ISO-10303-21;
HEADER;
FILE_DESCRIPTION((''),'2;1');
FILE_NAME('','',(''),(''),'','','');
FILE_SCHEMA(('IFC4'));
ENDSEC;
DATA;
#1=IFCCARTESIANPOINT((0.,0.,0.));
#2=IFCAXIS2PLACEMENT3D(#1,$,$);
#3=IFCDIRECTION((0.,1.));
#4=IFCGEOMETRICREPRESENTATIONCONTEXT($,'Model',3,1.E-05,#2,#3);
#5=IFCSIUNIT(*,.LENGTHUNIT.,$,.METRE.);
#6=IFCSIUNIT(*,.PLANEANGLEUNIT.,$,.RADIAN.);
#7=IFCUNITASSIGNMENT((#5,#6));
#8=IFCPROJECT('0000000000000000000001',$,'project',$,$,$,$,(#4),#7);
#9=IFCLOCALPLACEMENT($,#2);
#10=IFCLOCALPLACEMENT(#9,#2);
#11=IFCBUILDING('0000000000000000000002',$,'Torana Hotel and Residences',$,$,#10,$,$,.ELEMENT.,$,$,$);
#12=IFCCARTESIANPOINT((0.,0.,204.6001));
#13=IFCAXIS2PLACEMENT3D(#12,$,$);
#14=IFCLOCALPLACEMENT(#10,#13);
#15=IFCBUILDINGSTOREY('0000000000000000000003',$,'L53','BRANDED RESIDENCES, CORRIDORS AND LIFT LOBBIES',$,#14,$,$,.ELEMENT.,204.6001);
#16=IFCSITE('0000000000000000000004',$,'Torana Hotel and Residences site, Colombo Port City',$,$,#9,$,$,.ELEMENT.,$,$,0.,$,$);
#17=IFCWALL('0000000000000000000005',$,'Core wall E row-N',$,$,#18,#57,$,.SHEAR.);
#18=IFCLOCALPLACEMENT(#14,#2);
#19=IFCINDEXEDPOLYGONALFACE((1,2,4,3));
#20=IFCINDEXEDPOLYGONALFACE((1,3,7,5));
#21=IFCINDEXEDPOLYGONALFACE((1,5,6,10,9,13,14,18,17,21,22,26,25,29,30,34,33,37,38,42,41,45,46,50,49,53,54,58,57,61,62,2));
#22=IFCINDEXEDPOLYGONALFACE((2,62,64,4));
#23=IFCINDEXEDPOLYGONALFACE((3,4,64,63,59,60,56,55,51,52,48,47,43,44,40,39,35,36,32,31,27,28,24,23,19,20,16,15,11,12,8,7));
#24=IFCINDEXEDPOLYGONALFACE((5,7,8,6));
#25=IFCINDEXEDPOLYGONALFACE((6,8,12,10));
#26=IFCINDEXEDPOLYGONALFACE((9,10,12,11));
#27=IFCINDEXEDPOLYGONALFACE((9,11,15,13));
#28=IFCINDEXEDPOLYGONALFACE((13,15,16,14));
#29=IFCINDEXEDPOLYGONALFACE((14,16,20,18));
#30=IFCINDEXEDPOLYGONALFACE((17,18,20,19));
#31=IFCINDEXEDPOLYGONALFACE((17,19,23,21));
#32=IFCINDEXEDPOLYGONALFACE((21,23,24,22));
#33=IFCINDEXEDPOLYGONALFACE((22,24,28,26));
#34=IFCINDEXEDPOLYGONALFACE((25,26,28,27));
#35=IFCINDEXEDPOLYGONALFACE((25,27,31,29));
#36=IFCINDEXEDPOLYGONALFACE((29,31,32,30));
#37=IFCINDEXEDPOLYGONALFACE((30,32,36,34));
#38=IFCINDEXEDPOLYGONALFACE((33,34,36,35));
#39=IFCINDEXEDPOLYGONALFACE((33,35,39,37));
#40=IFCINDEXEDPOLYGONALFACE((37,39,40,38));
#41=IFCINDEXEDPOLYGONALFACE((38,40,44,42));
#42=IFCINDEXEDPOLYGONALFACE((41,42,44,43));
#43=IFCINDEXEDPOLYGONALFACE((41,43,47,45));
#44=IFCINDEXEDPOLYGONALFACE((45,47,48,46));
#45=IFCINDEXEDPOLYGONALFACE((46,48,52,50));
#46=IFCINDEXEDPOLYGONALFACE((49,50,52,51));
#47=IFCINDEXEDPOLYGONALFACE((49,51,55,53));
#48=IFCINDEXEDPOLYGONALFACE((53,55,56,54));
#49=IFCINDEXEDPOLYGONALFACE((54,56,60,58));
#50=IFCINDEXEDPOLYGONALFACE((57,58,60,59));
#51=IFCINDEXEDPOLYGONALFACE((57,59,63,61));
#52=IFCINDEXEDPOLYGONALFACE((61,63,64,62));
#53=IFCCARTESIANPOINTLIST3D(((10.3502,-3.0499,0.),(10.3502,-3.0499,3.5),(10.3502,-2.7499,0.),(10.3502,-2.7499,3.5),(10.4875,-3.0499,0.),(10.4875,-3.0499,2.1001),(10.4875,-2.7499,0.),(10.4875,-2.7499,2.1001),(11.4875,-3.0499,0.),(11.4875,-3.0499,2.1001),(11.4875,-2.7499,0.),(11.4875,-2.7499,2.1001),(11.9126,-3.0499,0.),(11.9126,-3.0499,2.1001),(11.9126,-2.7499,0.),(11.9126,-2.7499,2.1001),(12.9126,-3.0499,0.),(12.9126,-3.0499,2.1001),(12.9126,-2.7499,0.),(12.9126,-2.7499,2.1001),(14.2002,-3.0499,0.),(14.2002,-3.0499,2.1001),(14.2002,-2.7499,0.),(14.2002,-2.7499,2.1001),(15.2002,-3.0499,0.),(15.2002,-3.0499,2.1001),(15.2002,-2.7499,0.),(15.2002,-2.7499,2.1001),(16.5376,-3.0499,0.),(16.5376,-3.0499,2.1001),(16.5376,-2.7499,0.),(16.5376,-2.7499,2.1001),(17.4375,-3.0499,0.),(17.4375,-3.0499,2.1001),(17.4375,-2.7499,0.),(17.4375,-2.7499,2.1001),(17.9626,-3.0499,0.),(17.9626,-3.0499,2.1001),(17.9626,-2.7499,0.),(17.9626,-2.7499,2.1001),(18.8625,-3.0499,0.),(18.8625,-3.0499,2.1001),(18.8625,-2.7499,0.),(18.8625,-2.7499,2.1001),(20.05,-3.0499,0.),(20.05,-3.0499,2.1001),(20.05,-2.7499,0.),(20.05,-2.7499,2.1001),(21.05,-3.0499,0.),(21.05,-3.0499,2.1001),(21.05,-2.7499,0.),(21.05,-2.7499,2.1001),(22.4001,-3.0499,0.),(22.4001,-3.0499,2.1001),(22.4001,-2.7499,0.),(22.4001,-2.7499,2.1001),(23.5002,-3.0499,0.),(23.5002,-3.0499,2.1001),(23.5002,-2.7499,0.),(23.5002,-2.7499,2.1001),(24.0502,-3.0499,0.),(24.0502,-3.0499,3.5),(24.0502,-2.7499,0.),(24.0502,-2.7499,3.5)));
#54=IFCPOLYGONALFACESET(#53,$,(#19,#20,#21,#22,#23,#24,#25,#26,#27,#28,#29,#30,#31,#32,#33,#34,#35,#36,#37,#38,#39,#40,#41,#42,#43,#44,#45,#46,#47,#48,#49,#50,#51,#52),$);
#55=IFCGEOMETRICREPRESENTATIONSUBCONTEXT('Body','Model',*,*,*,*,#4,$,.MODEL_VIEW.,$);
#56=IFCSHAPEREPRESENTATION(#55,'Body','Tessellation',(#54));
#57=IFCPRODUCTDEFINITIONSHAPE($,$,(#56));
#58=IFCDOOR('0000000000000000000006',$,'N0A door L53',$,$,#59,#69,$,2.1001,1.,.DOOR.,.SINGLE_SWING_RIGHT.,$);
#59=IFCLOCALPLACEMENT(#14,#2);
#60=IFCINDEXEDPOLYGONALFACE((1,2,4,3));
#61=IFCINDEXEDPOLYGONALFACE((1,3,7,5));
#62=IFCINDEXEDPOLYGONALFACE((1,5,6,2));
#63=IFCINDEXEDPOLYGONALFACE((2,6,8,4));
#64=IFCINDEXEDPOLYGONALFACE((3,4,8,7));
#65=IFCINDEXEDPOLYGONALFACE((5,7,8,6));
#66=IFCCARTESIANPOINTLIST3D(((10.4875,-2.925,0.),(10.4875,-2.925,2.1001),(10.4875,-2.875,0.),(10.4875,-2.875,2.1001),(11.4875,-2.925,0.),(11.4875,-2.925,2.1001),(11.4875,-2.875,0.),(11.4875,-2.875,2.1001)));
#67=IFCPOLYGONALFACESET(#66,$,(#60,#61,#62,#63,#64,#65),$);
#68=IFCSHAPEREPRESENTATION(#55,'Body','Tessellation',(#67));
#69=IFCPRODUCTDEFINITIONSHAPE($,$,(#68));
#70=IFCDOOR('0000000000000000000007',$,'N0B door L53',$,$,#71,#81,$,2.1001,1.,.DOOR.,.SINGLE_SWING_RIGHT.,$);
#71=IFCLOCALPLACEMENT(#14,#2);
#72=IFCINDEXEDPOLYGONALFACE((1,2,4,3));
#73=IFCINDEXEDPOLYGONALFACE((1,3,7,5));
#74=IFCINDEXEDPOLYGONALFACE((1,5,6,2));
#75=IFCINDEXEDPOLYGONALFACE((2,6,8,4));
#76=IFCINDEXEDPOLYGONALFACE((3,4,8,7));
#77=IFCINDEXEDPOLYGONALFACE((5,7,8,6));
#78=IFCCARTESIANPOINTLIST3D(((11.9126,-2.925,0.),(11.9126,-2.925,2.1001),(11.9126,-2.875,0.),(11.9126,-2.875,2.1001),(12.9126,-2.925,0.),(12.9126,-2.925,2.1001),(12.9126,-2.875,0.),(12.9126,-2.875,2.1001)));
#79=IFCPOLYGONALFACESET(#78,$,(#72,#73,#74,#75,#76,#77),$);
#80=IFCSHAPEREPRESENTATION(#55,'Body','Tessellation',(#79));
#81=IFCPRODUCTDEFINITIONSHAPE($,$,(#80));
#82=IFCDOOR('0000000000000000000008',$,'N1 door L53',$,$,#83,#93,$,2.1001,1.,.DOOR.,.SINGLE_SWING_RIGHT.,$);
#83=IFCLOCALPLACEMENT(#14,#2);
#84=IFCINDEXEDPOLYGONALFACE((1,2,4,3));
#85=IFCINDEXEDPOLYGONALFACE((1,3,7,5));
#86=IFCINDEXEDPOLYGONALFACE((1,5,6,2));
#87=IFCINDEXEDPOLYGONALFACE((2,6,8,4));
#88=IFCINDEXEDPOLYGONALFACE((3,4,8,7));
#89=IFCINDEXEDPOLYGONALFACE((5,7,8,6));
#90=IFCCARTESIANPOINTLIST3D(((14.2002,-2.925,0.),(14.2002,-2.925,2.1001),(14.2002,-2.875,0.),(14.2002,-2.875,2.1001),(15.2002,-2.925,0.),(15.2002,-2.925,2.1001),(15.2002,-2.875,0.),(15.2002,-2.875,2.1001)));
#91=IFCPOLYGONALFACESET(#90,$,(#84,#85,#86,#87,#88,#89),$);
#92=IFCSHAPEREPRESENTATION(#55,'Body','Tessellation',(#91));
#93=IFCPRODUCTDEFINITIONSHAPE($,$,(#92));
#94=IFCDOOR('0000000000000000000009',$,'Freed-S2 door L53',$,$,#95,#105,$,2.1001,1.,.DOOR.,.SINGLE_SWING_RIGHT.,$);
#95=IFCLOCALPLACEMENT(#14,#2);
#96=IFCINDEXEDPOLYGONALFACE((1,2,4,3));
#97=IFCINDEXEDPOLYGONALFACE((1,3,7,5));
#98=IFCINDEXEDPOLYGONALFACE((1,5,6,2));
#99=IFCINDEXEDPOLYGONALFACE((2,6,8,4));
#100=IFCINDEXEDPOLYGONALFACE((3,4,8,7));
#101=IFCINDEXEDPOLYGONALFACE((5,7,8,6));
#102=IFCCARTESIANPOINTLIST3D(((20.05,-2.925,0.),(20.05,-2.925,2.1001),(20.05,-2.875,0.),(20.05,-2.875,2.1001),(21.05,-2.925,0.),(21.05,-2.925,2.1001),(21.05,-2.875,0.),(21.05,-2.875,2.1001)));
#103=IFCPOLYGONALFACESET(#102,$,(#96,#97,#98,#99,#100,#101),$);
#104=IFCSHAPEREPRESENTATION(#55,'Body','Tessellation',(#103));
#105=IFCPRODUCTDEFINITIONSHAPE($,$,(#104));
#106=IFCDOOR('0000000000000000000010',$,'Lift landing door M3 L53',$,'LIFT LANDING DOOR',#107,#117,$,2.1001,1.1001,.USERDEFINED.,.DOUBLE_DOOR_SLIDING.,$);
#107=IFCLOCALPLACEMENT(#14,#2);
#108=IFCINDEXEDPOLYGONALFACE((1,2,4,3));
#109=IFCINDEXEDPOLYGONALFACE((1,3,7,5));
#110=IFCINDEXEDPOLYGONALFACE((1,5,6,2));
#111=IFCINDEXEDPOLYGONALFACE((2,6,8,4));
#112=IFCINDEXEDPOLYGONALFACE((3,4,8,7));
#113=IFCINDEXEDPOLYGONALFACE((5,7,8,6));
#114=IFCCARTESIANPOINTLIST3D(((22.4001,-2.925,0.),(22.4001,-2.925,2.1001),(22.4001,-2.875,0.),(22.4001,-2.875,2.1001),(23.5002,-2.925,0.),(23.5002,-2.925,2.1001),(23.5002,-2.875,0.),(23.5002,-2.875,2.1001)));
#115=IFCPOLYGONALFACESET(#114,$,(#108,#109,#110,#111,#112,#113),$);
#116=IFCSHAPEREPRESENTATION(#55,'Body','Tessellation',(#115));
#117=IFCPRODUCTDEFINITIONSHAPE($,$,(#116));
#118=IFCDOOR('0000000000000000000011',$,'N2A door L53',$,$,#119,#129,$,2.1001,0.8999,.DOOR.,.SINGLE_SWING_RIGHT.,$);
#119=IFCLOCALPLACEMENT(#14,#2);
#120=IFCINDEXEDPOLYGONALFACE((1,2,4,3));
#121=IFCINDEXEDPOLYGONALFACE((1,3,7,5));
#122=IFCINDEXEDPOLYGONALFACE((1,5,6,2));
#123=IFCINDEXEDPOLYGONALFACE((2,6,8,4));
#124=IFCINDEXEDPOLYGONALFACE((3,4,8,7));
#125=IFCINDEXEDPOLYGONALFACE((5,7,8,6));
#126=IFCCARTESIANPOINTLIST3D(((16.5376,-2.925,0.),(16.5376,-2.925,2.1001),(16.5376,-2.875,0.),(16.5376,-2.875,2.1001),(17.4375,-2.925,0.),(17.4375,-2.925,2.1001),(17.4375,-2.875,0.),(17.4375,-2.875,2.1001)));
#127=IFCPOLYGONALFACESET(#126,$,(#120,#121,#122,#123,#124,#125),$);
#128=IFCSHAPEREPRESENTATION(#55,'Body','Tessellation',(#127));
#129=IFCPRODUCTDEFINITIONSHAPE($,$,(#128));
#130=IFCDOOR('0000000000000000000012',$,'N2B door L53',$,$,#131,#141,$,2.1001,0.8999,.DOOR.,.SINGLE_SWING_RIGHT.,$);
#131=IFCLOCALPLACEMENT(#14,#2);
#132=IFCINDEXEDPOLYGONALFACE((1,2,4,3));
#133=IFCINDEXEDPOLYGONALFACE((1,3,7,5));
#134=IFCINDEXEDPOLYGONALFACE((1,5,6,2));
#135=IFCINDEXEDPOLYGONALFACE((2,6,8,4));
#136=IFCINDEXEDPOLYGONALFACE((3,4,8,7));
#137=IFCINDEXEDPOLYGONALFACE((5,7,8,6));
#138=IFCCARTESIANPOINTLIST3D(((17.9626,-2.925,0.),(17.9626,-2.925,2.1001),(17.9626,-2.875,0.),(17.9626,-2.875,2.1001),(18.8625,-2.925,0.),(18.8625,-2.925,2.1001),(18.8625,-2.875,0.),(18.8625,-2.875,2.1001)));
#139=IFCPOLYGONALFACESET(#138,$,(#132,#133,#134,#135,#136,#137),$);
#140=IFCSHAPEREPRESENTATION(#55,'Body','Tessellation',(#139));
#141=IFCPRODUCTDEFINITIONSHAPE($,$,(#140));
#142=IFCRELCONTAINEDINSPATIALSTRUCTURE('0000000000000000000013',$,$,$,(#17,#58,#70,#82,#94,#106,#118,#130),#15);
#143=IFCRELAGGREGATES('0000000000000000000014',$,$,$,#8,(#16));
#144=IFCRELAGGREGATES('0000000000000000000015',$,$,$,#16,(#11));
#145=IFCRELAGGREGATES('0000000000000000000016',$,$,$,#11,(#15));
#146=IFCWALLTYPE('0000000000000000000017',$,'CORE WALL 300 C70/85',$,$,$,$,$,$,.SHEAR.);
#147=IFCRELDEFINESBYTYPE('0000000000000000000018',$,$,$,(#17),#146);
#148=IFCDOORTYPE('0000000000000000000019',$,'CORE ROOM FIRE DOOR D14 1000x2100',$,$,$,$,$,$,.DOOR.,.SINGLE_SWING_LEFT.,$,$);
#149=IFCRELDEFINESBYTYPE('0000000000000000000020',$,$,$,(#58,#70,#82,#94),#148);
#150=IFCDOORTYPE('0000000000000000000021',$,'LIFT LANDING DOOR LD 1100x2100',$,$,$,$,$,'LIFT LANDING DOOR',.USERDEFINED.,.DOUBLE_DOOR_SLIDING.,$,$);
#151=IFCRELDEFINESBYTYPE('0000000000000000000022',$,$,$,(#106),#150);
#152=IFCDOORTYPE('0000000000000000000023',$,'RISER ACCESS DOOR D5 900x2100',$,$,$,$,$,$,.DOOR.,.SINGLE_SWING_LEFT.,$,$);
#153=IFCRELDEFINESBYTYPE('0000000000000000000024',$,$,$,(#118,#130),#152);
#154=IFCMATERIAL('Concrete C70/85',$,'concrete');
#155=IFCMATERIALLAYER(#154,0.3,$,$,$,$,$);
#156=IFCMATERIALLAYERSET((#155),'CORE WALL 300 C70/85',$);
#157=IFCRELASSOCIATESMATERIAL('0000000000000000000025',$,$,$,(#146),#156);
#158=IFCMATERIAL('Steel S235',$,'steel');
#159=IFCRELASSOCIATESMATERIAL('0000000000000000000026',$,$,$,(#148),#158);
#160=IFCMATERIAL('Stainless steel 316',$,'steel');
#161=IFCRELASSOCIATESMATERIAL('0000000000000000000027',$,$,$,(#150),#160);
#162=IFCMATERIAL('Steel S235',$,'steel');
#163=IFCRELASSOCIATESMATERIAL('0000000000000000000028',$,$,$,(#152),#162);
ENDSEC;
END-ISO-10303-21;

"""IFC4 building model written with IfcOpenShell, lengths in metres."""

from ifc_helpers import new_model, si_unit, direction, frame, frame_2d, origin, place, context, subcontext, project, spatial, rectangle, extrude, material, layer, layer_set, type_object, element, fill, save


model = new_model("IFC4")

# Units and contexts
model_context = context("Model", 3, precision=1e-05, world=origin(), true_north=direction((0.0, 1.0)))
body_context = subcontext(model_context, "Body", "Model", "MODEL_VIEW")
ifc_project = project(units=[si_unit("LENGTHUNIT", "METRE"), si_unit("PLANEANGLEUNIT", "RADIAN")], contexts=[model_context])

# Site, building, storey
site_placement = place(None, origin())
site = spatial("IfcSite", under=ifc_project, at=site_placement, Name="Torana Hotel and Residences site, Colombo Port City", CompositionType="ELEMENT", RefElevation=0.0)
building_placement = place(site_placement, origin())
building = spatial("IfcBuilding", under=site, at=building_placement, Name="Torana Hotel and Residences", CompositionType="ELEMENT")
storey_placement = place(building_placement, frame((0.0, 0.0, 204.6001)))
storey = spatial("IfcBuildingStorey", under=building, at=storey_placement, Name="L53", Description="BRANDED RESIDENCES, CORRIDORS AND LIFT LOBBIES", CompositionType="ELEMENT", Elevation=204.6001)

# Wall, openings, doors
ifc_material_1 = material(Name="Concrete C70/85", Category="concrete")
ifc_layer_1 = layer(ifc_material_1, 0.3)
ifc_layer_set_1 = layer_set([ifc_layer_1], Name="CORE WALL 300 C70/85")
wall_type_1 = type_object("IfcWallType", Name="CORE WALL 300 C70/85", PredefinedType="SHEAR", material=ifc_layer_set_1)
wall_1_placement = place(storey_placement, frame((10.3501, -2.8999, 0.0), z_axis=(0.0, 0.0, 1.0), x_axis=(1.0, 0.0, 0.0)))
wall_1 = element("IfcWall", 1, at=wall_1_placement, inside=storey, type_object=wall_type_1, Name="Core wall E row-N", PredefinedType="SHEAR", context=body_context, shape_type="SweptSolid", body=[
    extrude(rectangle(XDim=13.7, YDim=0.3, at=frame_2d((6.8501, 0.0))), origin(), (0.0, 0.0, 1.0), 3.5),
])
opening_1_placement = place(wall_1_placement, frame((12.05, 0.0, 0.0)))
opening_1 = element("IfcOpeningElement", 2, at=opening_1_placement, cuts=wall_1, PredefinedType="OPENING", context=body_context, shape_type="SweptSolid", body=[
    extrude(rectangle(XDim=1.1001, YDim=2.1001, at=frame_2d((0.55, 1.05))), frame((0.0, 0.1599, 0.0), z_axis=(0.0, -1.0, 0.0), x_axis=(1.0, 0.0, 0.0)), (0.0, 0.0, 1.0), 0.3201),
])
opening_2_placement = place(wall_1_placement, frame((6.1875, 0.0, 0.0)))
opening_2 = element("IfcOpeningElement", 3, at=opening_2_placement, cuts=wall_1, PredefinedType="OPENING", context=body_context, shape_type="SweptSolid", body=[
    extrude(rectangle(XDim=0.8999, YDim=2.1001, at=frame_2d((0.45, 1.05))), frame((0.0, 0.1599, 0.0), z_axis=(0.0, -1.0, 0.0), x_axis=(1.0, 0.0, 0.0)), (0.0, 0.0, 1.0), 0.3201),
])
opening_3_placement = place(wall_1_placement, frame((7.6125, 0.0, 0.0)))
opening_3 = element("IfcOpeningElement", 4, at=opening_3_placement, cuts=wall_1, PredefinedType="OPENING", context=body_context, shape_type="SweptSolid", body=[
    extrude(rectangle(XDim=0.8999, YDim=2.1001, at=frame_2d((0.45, 1.05))), frame((0.0, 0.1599, 0.0), z_axis=(0.0, -1.0, 0.0), x_axis=(1.0, 0.0, 0.0)), (0.0, 0.0, 1.0), 0.3201),
])
opening_4_placement = place(wall_1_placement, frame((0.1375, 0.0, 0.0)))
opening_4 = element("IfcOpeningElement", 5, at=opening_4_placement, cuts=wall_1, PredefinedType="OPENING", context=body_context, shape_type="SweptSolid", body=[
    extrude(rectangle(XDim=1.0, YDim=2.1001, at=frame_2d((0.5, 1.05))), frame((0.0, 0.1599, 0.0), z_axis=(0.0, -1.0, 0.0), x_axis=(1.0, 0.0, 0.0)), (0.0, 0.0, 1.0), 0.3201),
])
opening_5_placement = place(wall_1_placement, frame((1.5625, 0.0, 0.0)))
opening_5 = element("IfcOpeningElement", 6, at=opening_5_placement, cuts=wall_1, PredefinedType="OPENING", context=body_context, shape_type="SweptSolid", body=[
    extrude(rectangle(XDim=1.0, YDim=2.1001, at=frame_2d((0.5, 1.05))), frame((0.0, 0.1599, 0.0), z_axis=(0.0, -1.0, 0.0), x_axis=(1.0, 0.0, 0.0)), (0.0, 0.0, 1.0), 0.3201),
])
opening_6_placement = place(wall_1_placement, frame((3.8501, 0.0, 0.0)))
opening_6 = element("IfcOpeningElement", 7, at=opening_6_placement, cuts=wall_1, PredefinedType="OPENING", context=body_context, shape_type="SweptSolid", body=[
    extrude(rectangle(XDim=1.0, YDim=2.1001, at=frame_2d((0.5, 1.05))), frame((0.0, 0.1599, 0.0), z_axis=(0.0, -1.0, 0.0), x_axis=(1.0, 0.0, 0.0)), (0.0, 0.0, 1.0), 0.3201),
])
opening_7_placement = place(wall_1_placement, frame((9.7, 0.0, 0.0)))
opening_7 = element("IfcOpeningElement", 8, at=opening_7_placement, cuts=wall_1, PredefinedType="OPENING", context=body_context, shape_type="SweptSolid", body=[
    extrude(rectangle(XDim=1.0, YDim=2.1001, at=frame_2d((0.5, 1.05))), frame((0.0, 0.1599, 0.0), z_axis=(0.0, -1.0, 0.0), x_axis=(1.0, 0.0, 0.0)), (0.0, 0.0, 1.0), 0.3201),
])
ifc_material_2 = material(Name="Steel S235", Category="steel")
door_type_1 = type_object("IfcDoorType", Name="CORE ROOM FIRE DOOR D14 1000x2100", OperationType="SINGLE_SWING_LEFT", PredefinedType="DOOR", material=ifc_material_2)
door_1_placement = place(opening_4_placement, origin())
door_1 = element("IfcDoor", 9, at=door_1_placement, inside=storey, type_object=door_type_1, Name="N0A door L53", OperationType="SINGLE_SWING_RIGHT", OverallHeight=2.1001, OverallWidth=1.0, PredefinedType="DOOR", context=body_context, shape_type="SweptSolid", body=[
    extrude(rectangle(XDim=1.0, YDim=2.1001, at=frame_2d((0.5, 1.05))), frame((0.0, 0.0249, 0.0), z_axis=(0.0, -1.0, 0.0), x_axis=(1.0, 0.0, 0.0)), (0.0, 0.0, 1.0), 0.05),
])
fill(opening_4, door_1)
door_2_placement = place(opening_5_placement, origin())
door_2 = element("IfcDoor", 10, at=door_2_placement, inside=storey, type_object=door_type_1, Name="N0B door L53", OperationType="SINGLE_SWING_RIGHT", OverallHeight=2.1001, OverallWidth=1.0, PredefinedType="DOOR", context=body_context, shape_type="SweptSolid", body=[
    extrude(rectangle(XDim=1.0, YDim=2.1001, at=frame_2d((0.5, 1.05))), frame((0.0, 0.0249, 0.0), z_axis=(0.0, -1.0, 0.0), x_axis=(1.0, 0.0, 0.0)), (0.0, 0.0, 1.0), 0.05),
])
fill(opening_5, door_2)
door_3_placement = place(opening_6_placement, origin())
door_3 = element("IfcDoor", 11, at=door_3_placement, inside=storey, type_object=door_type_1, Name="N1 door L53", OperationType="SINGLE_SWING_RIGHT", OverallHeight=2.1001, OverallWidth=1.0, PredefinedType="DOOR", context=body_context, shape_type="SweptSolid", body=[
    extrude(rectangle(XDim=1.0, YDim=2.1001, at=frame_2d((0.5, 1.05))), frame((0.0, 0.0249, 0.0), z_axis=(0.0, -1.0, 0.0), x_axis=(1.0, 0.0, 0.0)), (0.0, 0.0, 1.0), 0.05),
])
fill(opening_6, door_3)
door_4_placement = place(opening_7_placement, origin())
door_4 = element("IfcDoor", 12, at=door_4_placement, inside=storey, type_object=door_type_1, Name="Freed-S2 door L53", OperationType="SINGLE_SWING_RIGHT", OverallHeight=2.1001, OverallWidth=1.0, PredefinedType="DOOR", context=body_context, shape_type="SweptSolid", body=[
    extrude(rectangle(XDim=1.0, YDim=2.1001, at=frame_2d((0.5, 1.05))), frame((0.0, 0.0249, 0.0), z_axis=(0.0, -1.0, 0.0), x_axis=(1.0, 0.0, 0.0)), (0.0, 0.0, 1.0), 0.05),
])
fill(opening_7, door_4)
ifc_material_3 = material(Name="Stainless steel 316", Category="steel")
door_type_2 = type_object("IfcDoorType", Name="LIFT LANDING DOOR LD 1100x2100", ElementType="LIFT LANDING DOOR", OperationType="DOUBLE_DOOR_SLIDING", PredefinedType="USERDEFINED", material=ifc_material_3)
door_5_placement = place(opening_1_placement, origin())
door_5 = element("IfcDoor", 13, at=door_5_placement, inside=storey, type_object=door_type_2, Name="Lift landing door M3 L53", ObjectType="LIFT LANDING DOOR", OperationType="DOUBLE_DOOR_SLIDING", OverallHeight=2.1001, OverallWidth=1.1001, PredefinedType="USERDEFINED", context=body_context, shape_type="SweptSolid", body=[
    extrude(rectangle(XDim=1.1001, YDim=2.1001, at=frame_2d((0.55, 1.05))), frame((0.0, 0.0249, 0.0), z_axis=(0.0, -1.0, 0.0), x_axis=(1.0, 0.0, 0.0)), (0.0, 0.0, 1.0), 0.05),
])
fill(opening_1, door_5)
ifc_material_4 = material(Name="Steel S235", Category="steel")
door_type_3 = type_object("IfcDoorType", Name="RISER ACCESS DOOR D5 900x2100", OperationType="SINGLE_SWING_LEFT", PredefinedType="DOOR", material=ifc_material_4)
door_6_placement = place(opening_2_placement, origin())
door_6 = element("IfcDoor", 14, at=door_6_placement, inside=storey, type_object=door_type_3, Name="N2A door L53", OperationType="SINGLE_SWING_RIGHT", OverallHeight=2.1001, OverallWidth=0.8999, PredefinedType="DOOR", context=body_context, shape_type="SweptSolid", body=[
    extrude(rectangle(XDim=0.8999, YDim=2.1001, at=frame_2d((0.45, 1.05))), frame((0.0, 0.0249, 0.0), z_axis=(0.0, -1.0, 0.0), x_axis=(1.0, 0.0, 0.0)), (0.0, 0.0, 1.0), 0.05),
])
fill(opening_2, door_6)
door_7_placement = place(opening_3_placement, origin())
door_7 = element("IfcDoor", 15, at=door_7_placement, inside=storey, type_object=door_type_3, Name="N2B door L53", OperationType="SINGLE_SWING_RIGHT", OverallHeight=2.1001, OverallWidth=0.8999, PredefinedType="DOOR", context=body_context, shape_type="SweptSolid", body=[
    extrude(rectangle(XDim=0.8999, YDim=2.1001, at=frame_2d((0.45, 1.05))), frame((0.0, 0.0249, 0.0), z_axis=(0.0, -1.0, 0.0), x_axis=(1.0, 0.0, 0.0)), (0.0, 0.0, 1.0), 0.05),
])
fill(opening_3, door_7)

save(model, "model.ifc")
